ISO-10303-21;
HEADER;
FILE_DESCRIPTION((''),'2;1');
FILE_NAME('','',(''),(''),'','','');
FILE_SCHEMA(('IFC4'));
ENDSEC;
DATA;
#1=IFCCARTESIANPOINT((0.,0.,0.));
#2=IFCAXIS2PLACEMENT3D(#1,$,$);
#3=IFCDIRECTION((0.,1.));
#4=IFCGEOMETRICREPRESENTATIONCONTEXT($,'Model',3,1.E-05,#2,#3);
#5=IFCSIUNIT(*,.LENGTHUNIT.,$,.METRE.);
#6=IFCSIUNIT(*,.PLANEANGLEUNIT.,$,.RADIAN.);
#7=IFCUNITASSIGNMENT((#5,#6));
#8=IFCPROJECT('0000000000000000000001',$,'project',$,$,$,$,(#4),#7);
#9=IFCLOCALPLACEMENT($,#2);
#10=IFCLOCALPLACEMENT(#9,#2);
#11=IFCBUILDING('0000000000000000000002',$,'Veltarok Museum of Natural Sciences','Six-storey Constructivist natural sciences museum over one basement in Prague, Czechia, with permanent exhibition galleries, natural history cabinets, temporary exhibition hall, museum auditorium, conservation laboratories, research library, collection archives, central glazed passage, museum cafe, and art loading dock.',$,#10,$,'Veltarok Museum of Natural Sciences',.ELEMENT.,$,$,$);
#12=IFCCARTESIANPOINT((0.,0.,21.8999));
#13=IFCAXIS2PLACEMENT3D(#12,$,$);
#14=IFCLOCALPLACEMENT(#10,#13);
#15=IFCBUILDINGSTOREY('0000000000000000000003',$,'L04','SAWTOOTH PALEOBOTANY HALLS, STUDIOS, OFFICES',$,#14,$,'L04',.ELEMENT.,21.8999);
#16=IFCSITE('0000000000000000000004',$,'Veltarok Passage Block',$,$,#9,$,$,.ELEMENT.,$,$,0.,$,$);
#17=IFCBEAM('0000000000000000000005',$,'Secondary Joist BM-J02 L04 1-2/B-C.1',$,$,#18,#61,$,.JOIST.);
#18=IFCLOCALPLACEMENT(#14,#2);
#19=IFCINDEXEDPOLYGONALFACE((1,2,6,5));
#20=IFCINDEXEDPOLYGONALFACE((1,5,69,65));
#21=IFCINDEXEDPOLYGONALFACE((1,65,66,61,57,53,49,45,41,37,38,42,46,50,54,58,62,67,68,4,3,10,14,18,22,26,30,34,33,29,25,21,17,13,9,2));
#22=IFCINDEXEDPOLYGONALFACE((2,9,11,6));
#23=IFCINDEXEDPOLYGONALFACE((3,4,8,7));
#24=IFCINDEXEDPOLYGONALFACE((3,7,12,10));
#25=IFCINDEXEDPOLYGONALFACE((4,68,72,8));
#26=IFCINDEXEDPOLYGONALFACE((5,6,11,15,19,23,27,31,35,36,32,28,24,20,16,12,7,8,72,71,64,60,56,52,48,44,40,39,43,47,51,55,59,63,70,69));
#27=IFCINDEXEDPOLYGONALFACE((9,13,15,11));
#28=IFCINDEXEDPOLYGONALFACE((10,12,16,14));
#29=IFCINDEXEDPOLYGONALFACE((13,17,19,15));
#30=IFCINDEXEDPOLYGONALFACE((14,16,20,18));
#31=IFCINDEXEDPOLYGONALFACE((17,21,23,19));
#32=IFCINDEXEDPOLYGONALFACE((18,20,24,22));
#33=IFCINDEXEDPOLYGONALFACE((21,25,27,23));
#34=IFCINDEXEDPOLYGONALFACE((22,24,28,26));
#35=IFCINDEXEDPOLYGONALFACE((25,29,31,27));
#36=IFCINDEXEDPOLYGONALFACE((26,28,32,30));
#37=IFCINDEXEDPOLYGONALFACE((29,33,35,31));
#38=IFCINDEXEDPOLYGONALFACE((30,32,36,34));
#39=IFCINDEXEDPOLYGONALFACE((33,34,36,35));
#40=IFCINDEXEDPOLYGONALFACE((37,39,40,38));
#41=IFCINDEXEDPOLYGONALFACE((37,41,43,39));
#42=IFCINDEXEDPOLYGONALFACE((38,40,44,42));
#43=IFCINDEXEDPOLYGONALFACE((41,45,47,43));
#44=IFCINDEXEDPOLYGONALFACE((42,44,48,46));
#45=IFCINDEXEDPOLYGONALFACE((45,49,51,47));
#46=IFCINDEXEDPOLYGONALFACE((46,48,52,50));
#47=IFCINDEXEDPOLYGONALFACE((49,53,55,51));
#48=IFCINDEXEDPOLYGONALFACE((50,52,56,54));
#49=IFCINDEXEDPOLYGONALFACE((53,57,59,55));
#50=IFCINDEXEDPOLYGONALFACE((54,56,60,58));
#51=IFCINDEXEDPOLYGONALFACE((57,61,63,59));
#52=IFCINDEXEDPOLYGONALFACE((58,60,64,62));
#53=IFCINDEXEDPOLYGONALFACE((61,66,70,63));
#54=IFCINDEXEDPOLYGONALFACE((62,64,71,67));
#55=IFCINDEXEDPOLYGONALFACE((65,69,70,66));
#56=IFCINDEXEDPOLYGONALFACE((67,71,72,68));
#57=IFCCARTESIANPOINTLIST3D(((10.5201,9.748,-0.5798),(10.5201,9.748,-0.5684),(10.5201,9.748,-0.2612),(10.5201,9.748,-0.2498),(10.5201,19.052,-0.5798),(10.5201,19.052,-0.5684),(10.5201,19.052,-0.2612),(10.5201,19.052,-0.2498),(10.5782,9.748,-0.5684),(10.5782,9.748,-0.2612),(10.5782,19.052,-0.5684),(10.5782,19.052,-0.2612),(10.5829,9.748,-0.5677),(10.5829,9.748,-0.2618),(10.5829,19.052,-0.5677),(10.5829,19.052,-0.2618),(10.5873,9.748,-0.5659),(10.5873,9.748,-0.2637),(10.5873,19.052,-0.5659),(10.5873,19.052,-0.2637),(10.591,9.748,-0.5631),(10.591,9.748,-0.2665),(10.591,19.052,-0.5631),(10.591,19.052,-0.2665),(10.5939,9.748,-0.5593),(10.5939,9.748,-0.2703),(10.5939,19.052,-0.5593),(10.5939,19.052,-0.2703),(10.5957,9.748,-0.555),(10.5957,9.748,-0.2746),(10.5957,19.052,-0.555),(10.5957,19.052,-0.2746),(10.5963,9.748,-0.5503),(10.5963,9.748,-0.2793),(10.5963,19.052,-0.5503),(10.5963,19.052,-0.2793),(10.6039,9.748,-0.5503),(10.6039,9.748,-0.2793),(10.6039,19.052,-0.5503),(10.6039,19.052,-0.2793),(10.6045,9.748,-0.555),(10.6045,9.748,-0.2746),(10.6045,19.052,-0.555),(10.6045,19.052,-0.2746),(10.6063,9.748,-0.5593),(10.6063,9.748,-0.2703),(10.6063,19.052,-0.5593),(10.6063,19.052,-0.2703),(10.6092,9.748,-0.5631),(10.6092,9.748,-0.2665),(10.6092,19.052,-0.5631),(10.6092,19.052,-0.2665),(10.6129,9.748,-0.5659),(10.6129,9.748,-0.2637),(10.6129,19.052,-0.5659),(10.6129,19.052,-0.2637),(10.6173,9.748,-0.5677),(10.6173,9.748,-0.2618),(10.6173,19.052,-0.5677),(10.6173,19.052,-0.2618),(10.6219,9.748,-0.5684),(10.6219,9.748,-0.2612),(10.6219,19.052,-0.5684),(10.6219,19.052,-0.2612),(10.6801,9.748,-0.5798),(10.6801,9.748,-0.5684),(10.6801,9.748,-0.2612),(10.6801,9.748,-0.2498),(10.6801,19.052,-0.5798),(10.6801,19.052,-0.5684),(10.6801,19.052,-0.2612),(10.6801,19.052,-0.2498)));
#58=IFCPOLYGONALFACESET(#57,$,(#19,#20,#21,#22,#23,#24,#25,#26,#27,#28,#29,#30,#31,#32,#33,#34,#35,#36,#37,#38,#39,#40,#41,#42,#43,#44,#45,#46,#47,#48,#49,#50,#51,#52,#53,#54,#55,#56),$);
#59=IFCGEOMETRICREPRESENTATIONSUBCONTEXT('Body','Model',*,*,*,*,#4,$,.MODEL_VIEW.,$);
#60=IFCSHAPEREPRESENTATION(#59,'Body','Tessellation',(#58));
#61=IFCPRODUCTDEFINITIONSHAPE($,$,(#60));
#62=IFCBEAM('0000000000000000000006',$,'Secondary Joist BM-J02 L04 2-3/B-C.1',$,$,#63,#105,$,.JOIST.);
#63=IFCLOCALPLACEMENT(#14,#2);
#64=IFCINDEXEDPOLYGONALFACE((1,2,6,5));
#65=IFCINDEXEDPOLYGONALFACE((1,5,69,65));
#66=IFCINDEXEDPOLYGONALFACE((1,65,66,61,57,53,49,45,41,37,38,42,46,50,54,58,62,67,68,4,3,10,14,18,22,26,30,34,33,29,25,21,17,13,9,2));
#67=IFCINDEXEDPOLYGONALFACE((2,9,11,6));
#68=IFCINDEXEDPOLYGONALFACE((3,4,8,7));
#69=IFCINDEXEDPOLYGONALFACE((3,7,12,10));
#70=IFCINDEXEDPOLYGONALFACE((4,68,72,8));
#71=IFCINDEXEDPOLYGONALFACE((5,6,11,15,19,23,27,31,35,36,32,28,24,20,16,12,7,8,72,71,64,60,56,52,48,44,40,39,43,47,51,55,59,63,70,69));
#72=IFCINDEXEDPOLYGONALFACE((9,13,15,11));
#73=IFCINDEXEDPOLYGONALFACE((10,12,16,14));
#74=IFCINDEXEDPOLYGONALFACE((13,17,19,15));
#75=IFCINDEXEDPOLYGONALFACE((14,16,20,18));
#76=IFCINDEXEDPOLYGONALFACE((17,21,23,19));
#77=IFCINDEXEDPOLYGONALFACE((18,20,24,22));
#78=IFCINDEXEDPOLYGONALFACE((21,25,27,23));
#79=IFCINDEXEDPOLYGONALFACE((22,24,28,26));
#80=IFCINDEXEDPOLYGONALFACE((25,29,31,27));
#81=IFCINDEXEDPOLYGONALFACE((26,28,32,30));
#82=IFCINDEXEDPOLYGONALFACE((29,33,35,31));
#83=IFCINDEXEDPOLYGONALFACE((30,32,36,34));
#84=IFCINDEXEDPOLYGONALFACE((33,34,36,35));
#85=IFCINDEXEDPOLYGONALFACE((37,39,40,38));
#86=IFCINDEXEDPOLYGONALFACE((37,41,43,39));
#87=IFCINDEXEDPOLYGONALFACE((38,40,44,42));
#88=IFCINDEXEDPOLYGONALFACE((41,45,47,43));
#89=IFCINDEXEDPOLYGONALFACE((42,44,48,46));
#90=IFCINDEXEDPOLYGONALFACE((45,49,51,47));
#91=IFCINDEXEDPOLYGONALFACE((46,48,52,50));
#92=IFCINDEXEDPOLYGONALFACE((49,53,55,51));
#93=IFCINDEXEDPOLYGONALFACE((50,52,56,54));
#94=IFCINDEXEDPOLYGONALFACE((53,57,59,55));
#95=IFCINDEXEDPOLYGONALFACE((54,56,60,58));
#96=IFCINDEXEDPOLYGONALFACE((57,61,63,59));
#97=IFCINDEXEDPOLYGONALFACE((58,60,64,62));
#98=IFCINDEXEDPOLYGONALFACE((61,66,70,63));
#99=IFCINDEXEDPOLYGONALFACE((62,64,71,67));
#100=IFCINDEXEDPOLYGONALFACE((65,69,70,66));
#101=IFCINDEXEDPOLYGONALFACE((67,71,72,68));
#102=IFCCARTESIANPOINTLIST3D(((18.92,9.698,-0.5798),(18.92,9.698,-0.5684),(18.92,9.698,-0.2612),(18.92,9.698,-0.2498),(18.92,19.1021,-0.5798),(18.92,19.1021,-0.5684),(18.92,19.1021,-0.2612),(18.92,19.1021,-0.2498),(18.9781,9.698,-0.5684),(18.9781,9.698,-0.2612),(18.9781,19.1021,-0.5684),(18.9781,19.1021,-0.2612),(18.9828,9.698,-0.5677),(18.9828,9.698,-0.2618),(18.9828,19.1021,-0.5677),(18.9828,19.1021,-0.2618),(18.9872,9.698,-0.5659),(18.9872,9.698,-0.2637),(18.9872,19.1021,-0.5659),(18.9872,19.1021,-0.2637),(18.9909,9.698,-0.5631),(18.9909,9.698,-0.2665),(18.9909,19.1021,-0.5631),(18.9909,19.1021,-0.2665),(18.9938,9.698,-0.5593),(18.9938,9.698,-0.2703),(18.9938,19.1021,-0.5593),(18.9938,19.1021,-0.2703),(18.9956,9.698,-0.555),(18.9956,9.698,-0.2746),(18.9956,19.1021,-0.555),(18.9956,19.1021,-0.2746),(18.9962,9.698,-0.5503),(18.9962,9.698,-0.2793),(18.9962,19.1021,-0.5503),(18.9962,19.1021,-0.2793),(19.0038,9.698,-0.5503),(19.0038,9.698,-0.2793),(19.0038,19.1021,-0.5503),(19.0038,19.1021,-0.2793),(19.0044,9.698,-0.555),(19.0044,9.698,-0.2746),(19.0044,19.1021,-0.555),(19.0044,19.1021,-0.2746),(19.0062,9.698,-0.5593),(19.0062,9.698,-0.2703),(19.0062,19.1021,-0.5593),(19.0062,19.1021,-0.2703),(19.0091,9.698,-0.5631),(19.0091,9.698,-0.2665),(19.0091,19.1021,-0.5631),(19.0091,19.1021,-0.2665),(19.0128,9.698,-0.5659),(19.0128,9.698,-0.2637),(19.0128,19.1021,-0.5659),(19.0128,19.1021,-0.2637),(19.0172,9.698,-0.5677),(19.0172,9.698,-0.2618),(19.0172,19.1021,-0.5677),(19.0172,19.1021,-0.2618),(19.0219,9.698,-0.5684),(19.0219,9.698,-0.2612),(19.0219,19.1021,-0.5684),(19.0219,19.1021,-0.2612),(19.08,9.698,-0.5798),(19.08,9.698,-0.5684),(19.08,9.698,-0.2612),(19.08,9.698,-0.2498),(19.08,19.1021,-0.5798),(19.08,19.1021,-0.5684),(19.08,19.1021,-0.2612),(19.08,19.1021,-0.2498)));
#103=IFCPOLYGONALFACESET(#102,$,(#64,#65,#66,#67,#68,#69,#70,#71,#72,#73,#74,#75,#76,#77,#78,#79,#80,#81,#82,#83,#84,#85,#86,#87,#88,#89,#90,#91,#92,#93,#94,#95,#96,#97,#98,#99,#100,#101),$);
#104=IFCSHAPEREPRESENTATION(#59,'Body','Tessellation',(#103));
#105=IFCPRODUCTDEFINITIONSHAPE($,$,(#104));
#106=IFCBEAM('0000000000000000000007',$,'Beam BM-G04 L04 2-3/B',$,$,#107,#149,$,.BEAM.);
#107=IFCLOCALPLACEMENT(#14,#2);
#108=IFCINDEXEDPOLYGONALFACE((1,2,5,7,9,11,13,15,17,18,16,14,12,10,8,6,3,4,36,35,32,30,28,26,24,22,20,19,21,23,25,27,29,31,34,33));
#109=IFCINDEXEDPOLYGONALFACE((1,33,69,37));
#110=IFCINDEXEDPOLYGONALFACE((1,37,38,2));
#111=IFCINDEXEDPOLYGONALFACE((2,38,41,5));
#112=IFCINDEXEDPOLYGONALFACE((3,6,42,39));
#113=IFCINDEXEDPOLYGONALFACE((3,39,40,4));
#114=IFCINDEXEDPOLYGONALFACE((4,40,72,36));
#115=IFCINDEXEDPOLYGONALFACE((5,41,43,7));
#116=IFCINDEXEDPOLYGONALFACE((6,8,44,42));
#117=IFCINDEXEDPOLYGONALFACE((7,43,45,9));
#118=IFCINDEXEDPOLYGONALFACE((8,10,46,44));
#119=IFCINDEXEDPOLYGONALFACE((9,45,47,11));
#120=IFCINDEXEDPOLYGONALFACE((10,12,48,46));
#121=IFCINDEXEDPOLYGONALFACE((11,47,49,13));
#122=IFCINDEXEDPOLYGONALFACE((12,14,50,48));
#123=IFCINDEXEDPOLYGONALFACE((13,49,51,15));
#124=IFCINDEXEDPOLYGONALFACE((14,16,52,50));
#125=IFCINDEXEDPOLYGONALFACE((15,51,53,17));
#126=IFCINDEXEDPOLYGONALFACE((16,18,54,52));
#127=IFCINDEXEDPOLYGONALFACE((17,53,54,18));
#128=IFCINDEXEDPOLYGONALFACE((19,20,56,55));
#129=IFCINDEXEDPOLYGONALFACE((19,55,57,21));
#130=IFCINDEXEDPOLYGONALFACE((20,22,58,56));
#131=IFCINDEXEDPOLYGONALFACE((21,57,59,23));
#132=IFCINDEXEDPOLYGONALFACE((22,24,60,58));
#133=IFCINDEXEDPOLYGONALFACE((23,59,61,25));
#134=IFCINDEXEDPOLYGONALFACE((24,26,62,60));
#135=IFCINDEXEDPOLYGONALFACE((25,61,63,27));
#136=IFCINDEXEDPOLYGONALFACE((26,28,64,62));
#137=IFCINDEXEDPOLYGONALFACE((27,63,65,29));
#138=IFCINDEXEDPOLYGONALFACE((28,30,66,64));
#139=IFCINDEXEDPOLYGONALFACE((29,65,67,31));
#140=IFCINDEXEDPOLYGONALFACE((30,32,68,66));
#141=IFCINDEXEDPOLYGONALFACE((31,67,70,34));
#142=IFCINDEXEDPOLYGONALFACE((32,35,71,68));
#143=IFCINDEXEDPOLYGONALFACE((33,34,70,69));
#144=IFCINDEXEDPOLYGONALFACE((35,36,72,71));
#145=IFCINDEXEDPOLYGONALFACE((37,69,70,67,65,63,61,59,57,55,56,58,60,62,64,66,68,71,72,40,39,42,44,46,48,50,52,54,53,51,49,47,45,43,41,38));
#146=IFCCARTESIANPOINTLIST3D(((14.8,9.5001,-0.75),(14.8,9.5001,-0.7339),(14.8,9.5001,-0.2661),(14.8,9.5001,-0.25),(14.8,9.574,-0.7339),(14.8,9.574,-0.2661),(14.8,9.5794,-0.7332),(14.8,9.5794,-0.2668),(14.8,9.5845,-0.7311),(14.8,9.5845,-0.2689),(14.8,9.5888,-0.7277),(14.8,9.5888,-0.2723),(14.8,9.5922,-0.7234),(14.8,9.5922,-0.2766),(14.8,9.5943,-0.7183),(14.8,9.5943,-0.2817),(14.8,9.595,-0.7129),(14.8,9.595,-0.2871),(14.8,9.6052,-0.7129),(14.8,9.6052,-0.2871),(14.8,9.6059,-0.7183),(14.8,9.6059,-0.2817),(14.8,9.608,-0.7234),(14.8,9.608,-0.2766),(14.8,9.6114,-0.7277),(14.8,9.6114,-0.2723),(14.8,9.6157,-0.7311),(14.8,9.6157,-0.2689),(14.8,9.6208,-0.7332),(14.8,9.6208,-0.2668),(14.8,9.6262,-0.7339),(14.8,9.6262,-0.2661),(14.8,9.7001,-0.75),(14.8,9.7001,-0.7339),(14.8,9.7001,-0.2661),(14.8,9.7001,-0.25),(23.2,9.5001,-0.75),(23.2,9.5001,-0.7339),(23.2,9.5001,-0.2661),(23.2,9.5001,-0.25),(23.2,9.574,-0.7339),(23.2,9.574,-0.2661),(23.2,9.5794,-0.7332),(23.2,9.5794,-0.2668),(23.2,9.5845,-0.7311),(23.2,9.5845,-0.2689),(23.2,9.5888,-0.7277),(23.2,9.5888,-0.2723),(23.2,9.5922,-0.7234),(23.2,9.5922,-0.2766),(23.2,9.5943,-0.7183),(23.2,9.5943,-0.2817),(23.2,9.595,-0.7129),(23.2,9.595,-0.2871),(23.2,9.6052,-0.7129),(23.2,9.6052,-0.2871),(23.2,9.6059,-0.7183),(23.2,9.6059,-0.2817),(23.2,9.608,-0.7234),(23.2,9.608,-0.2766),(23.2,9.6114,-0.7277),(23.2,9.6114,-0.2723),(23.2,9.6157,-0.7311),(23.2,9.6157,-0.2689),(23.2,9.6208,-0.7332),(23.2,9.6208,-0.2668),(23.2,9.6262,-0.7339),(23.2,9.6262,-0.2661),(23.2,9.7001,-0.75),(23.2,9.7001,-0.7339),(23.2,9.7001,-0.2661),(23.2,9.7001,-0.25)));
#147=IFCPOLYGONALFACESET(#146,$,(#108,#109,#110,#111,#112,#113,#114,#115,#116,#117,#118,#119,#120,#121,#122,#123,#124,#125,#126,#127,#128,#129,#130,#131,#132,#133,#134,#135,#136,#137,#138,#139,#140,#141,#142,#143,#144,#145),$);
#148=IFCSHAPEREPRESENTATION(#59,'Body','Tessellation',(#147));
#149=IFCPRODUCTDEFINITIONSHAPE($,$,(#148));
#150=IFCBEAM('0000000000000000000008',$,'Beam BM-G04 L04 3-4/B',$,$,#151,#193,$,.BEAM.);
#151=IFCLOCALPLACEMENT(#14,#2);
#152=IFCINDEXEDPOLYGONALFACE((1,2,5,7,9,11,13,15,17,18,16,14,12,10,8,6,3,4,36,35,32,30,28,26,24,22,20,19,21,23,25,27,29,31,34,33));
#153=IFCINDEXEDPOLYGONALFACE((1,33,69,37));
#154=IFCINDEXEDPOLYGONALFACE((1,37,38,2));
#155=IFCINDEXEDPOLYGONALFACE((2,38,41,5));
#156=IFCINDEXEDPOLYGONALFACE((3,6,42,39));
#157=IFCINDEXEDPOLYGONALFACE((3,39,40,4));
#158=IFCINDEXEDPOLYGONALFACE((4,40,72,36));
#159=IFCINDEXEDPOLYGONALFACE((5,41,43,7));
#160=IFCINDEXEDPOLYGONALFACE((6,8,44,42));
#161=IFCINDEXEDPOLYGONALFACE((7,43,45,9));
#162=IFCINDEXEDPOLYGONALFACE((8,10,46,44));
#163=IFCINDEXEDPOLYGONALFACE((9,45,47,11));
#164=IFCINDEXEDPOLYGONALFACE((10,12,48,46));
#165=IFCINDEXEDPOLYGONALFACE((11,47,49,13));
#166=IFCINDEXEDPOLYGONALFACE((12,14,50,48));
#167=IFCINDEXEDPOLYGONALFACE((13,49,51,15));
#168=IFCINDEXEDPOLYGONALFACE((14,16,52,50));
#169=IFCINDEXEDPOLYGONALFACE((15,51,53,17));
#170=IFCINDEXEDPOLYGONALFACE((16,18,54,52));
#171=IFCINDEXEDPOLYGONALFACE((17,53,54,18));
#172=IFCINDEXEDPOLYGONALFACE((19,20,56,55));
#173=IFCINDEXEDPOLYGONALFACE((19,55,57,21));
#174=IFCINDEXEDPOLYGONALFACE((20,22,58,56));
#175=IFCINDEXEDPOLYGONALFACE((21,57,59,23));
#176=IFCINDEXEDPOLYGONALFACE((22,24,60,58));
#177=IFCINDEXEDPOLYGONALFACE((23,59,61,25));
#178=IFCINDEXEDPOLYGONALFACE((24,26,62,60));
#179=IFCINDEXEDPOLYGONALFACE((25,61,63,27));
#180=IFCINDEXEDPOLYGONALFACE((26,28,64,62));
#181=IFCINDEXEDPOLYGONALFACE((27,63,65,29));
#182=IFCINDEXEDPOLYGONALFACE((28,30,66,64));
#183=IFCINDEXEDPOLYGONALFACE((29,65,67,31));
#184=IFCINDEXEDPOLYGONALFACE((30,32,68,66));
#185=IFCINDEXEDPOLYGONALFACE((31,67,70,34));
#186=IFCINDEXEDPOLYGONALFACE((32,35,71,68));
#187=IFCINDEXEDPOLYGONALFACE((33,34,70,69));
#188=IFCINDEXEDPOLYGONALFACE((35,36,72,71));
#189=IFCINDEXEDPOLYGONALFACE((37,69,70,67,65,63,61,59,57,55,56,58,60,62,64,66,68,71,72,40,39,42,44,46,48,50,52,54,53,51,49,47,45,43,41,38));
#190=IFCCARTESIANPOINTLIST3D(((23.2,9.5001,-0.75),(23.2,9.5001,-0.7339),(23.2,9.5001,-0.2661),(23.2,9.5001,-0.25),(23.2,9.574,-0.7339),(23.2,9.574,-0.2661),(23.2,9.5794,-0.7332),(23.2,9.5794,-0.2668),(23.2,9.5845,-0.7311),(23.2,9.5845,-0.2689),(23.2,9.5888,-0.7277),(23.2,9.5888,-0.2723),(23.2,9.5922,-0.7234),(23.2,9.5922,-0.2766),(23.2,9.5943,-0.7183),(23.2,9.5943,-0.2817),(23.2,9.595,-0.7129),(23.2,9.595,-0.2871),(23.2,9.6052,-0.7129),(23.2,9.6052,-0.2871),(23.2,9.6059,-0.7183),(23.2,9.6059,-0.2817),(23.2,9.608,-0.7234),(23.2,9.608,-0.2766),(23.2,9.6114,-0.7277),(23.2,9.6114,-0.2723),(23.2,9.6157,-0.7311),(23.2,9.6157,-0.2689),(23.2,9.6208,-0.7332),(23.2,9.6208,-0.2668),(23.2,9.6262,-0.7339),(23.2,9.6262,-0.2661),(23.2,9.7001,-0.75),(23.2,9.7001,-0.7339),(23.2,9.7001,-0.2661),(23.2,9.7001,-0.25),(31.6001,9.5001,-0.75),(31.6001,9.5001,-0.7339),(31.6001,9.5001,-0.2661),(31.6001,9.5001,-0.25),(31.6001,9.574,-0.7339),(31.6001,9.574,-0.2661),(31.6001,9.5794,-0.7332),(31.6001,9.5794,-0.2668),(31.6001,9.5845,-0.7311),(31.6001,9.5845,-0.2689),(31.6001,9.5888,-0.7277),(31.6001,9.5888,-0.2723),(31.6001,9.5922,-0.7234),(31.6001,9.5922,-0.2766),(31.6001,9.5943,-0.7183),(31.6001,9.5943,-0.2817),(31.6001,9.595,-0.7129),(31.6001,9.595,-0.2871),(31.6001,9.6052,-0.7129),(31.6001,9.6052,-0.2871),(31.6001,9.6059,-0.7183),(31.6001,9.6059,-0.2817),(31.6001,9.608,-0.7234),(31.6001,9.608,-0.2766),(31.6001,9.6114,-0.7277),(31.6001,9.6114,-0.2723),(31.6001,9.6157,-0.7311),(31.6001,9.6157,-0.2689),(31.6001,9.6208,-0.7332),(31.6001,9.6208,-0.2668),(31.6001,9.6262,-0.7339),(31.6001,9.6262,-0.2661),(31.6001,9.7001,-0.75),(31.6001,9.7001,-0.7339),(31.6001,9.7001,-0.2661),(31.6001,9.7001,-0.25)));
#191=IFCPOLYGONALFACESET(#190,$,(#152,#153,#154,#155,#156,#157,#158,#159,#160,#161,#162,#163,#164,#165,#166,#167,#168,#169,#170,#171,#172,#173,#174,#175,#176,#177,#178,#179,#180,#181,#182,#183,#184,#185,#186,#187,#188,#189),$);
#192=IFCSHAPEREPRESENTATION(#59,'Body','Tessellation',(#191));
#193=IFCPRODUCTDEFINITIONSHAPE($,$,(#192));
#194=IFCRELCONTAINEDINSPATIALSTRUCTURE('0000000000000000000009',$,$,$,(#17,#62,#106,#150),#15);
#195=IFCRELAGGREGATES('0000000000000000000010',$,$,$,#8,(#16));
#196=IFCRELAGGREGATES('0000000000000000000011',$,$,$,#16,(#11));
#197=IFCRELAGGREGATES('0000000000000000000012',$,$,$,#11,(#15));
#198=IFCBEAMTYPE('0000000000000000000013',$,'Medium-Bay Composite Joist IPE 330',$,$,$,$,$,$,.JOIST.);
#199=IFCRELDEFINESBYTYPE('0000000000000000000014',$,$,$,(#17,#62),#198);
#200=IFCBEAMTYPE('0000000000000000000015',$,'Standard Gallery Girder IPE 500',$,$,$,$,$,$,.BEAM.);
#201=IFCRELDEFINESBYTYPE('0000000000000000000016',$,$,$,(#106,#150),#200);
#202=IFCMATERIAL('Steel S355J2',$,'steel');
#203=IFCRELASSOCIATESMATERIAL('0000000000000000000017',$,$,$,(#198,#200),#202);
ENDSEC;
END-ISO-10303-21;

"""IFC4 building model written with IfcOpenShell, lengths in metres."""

from ifc_helpers import new_model, si_unit, direction, frame, origin, origin_2d, place, context, subcontext, project, spatial, i_section, extrude, material, material_profile, profile_set, type_object, element, save


model = new_model("IFC4")

# Units and contexts
model_context = context("Model", 3, precision=1e-05, world=origin(), true_north=direction((0.0, 1.0)))
body_context = subcontext(model_context, "Body", "Model", "MODEL_VIEW")
ifc_project = project(units=[si_unit("LENGTHUNIT", "METRE"), si_unit("PLANEANGLEUNIT", "RADIAN")], contexts=[model_context])

# Site, building, storey
site_placement = place(None, origin())
site = spatial("IfcSite", under=ifc_project, at=site_placement, Name="Veltarok Passage Block", CompositionType="ELEMENT", RefElevation=0.0)
building_placement = place(site_placement, origin())
building = spatial("IfcBuilding", under=site, at=building_placement, Name="Veltarok Museum of Natural Sciences", Description="Six-storey Constructivist natural sciences museum over one basement in Prague, Czechia, with permanent exhibition galleries, natural history cabinets, temporary exhibition hall, museum auditorium, conservation laboratories, research library, collection archives, central glazed passage, museum cafe, and art loading dock.", LongName="Veltarok Museum of Natural Sciences", CompositionType="ELEMENT")
storey_placement = place(building_placement, frame((0.0, 0.0, 21.8999)))
storey = spatial("IfcBuildingStorey", under=building, at=storey_placement, Name="L04", Description="SAWTOOTH PALEOBOTANY HALLS, STUDIOS, OFFICES", LongName="L04", CompositionType="ELEMENT", Elevation=21.8999)

# Beams
ifc_material_1 = material(Name="Steel S355J2", Category="steel")
ifc_material_profile_1 = material_profile(ifc_material_1, i_section(OverallWidth=0.1599, OverallDepth=0.3301, WebThickness=0.0076, FlangeThickness=0.0115, FilletRadius=0.0181, at=origin_2d()), Name="IPE 330")
ifc_profile_set_1 = profile_set([ifc_material_profile_1], Name="Steel S355J2")
beam_type_1 = type_object("IfcBeamType", Name="Medium-Bay Composite Joist IPE 330", PredefinedType="JOIST", material=ifc_profile_set_1)
beam_1_placement = place(storey_placement, frame((10.6001, 9.748, -0.4148), z_axis=(0.0, 1.0, 0.0), x_axis=(-1.0, 0.0, 0.0)))
element("IfcBeam", 1, at=beam_1_placement, inside=storey, type_object=beam_type_1, Name="Secondary Joist BM-J02 L04 1-2/B-C.1", PredefinedType="JOIST", context=body_context, shape_type="SweptSolid", body=[
    extrude(i_section(OverallWidth=0.1599, OverallDepth=0.3301, WebThickness=0.0076, FlangeThickness=0.0115, FilletRadius=0.0181, at=origin_2d()), origin(), (0.0, 0.0, 1.0), 9.304),
])
beam_2_placement = place(storey_placement, frame((19.0, 9.698, -0.4148), z_axis=(0.0, 1.0, 0.0), x_axis=(-1.0, 0.0, 0.0)))
element("IfcBeam", 2, at=beam_2_placement, inside=storey, type_object=beam_type_1, Name="Secondary Joist BM-J02 L04 2-3/B-C.1", PredefinedType="JOIST", context=body_context, shape_type="SweptSolid", body=[
    extrude(i_section(OverallWidth=0.1599, OverallDepth=0.3301, WebThickness=0.0076, FlangeThickness=0.0115, FilletRadius=0.0181, at=origin_2d()), origin(), (0.0, 0.0, 1.0), 9.4041),
])
ifc_material_profile_2 = material_profile(ifc_material_1, i_section(OverallWidth=0.2, OverallDepth=0.5, WebThickness=0.0103, FlangeThickness=0.0161, FilletRadius=0.021, at=origin_2d()), Name="IPE 500")
ifc_profile_set_2 = profile_set([ifc_material_profile_2], Name="Steel S355J2")
beam_type_2 = type_object("IfcBeamType", Name="Standard Gallery Girder IPE 500", PredefinedType="BEAM", material=ifc_profile_set_2)
beam_3_placement = place(storey_placement, frame((14.8, 9.6001, -0.5), z_axis=(1.0, 0.0, 0.0), x_axis=(0.0, 1.0, 0.0)))
element("IfcBeam", 3, at=beam_3_placement, inside=storey, type_object=beam_type_2, Name="Beam BM-G04 L04 2-3/B", PredefinedType="BEAM", context=body_context, shape_type="SweptSolid", body=[
    extrude(i_section(OverallWidth=0.2, OverallDepth=0.5, WebThickness=0.0103, FlangeThickness=0.0161, FilletRadius=0.021, at=origin_2d()), origin(), (0.0, 0.0, 1.0), 8.3999),
])
beam_4_placement = place(storey_placement, frame((23.2, 9.6001, -0.5), z_axis=(1.0, 0.0, 0.0), x_axis=(0.0, 1.0, 0.0)))
element("IfcBeam", 4, at=beam_4_placement, inside=storey, type_object=beam_type_2, Name="Beam BM-G04 L04 3-4/B", PredefinedType="BEAM", context=body_context, shape_type="SweptSolid", body=[
    extrude(i_section(OverallWidth=0.2, OverallDepth=0.5, WebThickness=0.0103, FlangeThickness=0.0161, FilletRadius=0.021, at=origin_2d()), origin(), (0.0, 0.0, 1.0), 8.4001),
])

save(model, "model.ifc")
